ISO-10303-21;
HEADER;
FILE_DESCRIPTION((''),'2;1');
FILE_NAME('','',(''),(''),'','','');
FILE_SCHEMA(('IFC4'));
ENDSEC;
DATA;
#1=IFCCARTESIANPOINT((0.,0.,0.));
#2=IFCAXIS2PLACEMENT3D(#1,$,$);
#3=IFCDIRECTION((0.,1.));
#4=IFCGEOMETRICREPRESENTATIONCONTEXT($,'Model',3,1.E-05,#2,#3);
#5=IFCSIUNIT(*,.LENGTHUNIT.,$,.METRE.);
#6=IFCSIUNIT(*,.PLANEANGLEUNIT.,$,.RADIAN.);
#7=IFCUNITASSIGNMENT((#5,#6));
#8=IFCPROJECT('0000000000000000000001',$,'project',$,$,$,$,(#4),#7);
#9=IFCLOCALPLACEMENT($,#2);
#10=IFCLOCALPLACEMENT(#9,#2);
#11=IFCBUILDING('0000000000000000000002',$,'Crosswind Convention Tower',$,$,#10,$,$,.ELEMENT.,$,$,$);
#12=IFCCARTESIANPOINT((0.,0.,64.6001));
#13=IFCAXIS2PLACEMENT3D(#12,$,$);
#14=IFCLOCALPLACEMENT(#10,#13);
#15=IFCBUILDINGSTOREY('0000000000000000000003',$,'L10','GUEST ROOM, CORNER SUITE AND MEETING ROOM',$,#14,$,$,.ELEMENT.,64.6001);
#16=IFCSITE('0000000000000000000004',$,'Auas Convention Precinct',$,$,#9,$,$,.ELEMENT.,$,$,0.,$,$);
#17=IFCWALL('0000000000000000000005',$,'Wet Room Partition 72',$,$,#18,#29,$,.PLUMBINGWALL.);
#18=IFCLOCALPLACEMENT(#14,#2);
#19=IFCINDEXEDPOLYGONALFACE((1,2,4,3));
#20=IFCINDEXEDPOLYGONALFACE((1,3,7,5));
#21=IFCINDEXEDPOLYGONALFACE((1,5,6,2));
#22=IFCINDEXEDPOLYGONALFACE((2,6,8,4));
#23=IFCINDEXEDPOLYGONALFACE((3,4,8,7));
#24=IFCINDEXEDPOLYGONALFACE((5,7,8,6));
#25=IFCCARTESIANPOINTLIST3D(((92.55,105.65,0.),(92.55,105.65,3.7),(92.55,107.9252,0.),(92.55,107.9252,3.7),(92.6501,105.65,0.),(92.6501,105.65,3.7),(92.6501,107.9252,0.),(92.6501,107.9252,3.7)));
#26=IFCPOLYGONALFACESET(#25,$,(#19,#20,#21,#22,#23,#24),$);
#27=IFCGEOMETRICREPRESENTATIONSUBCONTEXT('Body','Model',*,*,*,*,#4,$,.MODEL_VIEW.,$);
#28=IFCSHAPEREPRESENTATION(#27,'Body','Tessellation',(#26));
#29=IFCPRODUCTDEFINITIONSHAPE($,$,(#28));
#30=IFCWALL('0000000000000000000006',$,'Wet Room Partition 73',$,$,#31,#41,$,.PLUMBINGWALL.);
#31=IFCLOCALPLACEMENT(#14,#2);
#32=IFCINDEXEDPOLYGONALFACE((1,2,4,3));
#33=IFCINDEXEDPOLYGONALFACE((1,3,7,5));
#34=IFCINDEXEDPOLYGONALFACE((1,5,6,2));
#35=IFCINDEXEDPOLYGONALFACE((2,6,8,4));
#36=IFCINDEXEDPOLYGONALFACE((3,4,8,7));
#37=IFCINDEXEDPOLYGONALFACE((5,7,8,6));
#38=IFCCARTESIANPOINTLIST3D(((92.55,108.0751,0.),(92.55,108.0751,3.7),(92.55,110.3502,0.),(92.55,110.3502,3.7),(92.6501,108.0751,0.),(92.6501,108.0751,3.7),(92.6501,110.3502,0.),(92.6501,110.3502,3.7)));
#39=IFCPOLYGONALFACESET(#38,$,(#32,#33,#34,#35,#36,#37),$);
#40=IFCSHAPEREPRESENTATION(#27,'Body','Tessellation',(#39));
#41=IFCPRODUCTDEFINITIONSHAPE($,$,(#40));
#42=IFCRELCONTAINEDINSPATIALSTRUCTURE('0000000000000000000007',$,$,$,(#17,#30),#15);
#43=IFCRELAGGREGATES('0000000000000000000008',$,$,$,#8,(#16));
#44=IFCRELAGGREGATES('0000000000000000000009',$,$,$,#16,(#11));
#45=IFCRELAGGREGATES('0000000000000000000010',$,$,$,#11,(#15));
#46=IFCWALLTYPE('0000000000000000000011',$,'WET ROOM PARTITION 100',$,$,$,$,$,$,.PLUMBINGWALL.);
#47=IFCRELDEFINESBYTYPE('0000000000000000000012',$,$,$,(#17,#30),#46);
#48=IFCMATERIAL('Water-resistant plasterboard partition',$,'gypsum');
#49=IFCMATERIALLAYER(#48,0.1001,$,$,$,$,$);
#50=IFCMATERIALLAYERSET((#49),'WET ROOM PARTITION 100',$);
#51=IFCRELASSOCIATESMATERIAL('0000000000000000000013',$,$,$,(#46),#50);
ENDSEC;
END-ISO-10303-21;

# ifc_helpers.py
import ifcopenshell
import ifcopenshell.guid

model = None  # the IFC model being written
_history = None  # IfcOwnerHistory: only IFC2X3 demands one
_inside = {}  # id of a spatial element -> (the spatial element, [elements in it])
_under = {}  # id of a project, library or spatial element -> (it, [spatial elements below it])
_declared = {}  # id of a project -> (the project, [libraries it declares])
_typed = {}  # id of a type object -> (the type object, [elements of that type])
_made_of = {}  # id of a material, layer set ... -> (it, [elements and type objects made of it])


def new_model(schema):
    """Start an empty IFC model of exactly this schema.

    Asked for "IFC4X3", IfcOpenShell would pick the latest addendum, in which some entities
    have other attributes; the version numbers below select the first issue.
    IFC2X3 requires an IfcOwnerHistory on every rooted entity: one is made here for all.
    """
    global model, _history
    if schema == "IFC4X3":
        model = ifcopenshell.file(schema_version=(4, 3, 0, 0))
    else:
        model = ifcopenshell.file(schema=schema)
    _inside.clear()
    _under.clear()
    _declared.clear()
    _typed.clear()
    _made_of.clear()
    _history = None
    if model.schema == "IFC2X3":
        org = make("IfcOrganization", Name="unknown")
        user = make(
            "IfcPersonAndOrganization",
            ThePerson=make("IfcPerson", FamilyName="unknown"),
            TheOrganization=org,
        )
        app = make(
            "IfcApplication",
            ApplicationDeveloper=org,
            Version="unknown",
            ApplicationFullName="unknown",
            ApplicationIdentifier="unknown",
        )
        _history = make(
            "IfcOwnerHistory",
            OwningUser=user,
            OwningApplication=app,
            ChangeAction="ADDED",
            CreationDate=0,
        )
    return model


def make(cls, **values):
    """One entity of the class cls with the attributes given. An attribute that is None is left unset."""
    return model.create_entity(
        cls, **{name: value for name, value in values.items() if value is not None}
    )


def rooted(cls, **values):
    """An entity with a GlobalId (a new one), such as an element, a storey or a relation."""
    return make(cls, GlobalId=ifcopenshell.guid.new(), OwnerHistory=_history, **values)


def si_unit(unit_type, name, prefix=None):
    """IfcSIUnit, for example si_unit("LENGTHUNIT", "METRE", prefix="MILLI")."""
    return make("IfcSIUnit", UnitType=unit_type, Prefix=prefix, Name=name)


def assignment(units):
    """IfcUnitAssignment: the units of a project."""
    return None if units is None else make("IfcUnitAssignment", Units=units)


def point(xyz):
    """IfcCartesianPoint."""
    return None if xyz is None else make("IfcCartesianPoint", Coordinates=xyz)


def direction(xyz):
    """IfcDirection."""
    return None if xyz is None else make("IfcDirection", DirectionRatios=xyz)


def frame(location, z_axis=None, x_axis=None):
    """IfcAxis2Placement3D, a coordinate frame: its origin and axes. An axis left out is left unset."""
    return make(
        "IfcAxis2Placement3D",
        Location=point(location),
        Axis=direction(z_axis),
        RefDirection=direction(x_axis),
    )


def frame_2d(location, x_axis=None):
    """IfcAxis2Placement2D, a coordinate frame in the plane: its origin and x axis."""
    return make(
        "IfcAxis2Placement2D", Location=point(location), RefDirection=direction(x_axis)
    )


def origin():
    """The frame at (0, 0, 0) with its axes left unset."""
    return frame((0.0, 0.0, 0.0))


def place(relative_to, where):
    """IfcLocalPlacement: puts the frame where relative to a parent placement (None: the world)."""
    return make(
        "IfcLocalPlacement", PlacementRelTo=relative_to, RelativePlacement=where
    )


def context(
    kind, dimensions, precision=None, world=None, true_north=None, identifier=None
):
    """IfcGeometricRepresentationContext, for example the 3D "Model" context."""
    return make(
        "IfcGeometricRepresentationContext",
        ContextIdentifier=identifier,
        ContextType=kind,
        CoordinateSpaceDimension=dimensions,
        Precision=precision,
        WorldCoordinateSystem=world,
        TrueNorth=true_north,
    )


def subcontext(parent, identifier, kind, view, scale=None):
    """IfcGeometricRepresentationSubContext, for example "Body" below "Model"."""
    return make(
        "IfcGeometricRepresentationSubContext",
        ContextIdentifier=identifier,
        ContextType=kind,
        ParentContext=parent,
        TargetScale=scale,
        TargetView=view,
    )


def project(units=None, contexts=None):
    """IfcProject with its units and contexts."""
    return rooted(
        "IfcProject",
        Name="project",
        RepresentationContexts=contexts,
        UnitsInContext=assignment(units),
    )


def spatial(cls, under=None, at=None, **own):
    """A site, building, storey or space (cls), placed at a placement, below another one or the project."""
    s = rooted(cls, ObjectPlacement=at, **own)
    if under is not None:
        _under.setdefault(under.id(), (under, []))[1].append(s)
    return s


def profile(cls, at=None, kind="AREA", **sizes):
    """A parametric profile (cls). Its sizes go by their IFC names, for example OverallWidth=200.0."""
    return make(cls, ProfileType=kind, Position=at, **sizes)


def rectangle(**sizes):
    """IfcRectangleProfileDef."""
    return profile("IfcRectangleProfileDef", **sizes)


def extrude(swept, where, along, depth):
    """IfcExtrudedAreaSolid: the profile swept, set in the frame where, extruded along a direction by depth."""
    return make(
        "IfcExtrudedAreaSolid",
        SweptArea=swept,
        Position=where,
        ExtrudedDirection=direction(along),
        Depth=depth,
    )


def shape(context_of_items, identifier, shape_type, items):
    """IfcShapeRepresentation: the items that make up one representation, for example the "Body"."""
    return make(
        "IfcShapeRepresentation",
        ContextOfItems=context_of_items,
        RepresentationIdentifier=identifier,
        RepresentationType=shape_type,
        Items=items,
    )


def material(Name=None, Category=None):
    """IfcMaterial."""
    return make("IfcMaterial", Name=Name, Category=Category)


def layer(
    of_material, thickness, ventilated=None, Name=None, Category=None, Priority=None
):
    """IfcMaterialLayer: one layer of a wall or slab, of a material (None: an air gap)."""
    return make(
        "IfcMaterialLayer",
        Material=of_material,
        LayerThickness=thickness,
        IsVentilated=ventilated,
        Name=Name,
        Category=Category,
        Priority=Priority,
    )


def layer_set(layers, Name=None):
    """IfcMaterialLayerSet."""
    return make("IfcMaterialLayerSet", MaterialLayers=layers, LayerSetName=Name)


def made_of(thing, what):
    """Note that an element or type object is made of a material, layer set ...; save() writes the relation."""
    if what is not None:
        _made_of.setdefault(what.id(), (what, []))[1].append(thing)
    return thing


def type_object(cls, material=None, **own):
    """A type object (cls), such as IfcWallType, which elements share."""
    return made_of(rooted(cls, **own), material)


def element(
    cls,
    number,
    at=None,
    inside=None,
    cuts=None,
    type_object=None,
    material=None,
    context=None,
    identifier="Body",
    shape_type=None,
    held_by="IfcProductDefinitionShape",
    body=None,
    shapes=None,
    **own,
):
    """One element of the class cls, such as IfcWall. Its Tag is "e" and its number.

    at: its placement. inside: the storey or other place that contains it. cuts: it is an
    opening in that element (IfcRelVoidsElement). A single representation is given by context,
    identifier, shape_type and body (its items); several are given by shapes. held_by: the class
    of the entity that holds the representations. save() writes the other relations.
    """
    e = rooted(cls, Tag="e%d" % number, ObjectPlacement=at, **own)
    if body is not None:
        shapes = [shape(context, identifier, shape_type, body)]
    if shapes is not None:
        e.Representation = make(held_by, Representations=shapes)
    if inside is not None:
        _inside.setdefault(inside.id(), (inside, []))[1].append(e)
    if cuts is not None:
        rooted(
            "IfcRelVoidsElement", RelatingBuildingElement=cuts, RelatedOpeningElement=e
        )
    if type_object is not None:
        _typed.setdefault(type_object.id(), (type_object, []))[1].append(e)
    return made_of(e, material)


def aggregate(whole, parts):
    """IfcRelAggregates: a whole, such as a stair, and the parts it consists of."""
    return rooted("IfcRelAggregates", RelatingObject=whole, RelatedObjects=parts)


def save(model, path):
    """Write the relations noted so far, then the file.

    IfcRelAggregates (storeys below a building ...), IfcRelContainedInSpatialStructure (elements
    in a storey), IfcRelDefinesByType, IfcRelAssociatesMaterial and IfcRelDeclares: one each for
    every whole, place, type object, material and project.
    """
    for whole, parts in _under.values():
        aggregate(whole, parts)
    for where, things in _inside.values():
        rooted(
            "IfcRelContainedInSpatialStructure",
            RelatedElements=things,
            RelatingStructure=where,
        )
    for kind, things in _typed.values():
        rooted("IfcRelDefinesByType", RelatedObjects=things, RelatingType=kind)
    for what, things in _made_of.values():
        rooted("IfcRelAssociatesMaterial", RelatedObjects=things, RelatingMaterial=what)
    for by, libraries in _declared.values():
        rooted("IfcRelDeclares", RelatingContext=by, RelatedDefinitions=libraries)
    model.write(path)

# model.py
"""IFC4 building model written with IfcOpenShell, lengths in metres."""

from ifc_helpers import new_model, si_unit, direction, frame, frame_2d, origin, place, context, subcontext, project, spatial, rectangle, extrude, material, layer, layer_set, type_object, element, save


model = new_model("IFC4")

# Units and contexts
model_context = context("Model", 3, precision=1e-05, world=origin(), true_north=direction((0.0, 1.0)))
body_context = subcontext(model_context, "Body", "Model", "MODEL_VIEW")
ifc_project = project(units=[si_unit("LENGTHUNIT", "METRE"), si_unit("PLANEANGLEUNIT", "RADIAN")], contexts=[model_context])

# Site, building, storey
site_placement = place(None, origin())
site = spatial("IfcSite", under=ifc_project, at=site_placement, Name="Auas Convention Precinct", CompositionType="ELEMENT", RefElevation=0.0)
building_placement = place(site_placement, origin())
building = spatial("IfcBuilding", under=site, at=building_placement, Name="Crosswind Convention Tower", CompositionType="ELEMENT")
storey_placement = place(building_placement, frame((0.0, 0.0, 64.6001)))
storey = spatial("IfcBuildingStorey", under=building, at=storey_placement, Name="L10", Description="GUEST ROOM, CORNER SUITE AND MEETING ROOM", CompositionType="ELEMENT", Elevation=64.6001)

# Shared definitions
ifc_material_1 = material(Name="Water-resistant plasterboard partition", Category="gypsum")
ifc_layer_1 = layer(ifc_material_1, 0.1001)
ifc_layer_set_1 = layer_set([ifc_layer_1], Name="WET ROOM PARTITION 100")
wall_type_1 = type_object("IfcWallType", Name="WET ROOM PARTITION 100", PredefinedType="PLUMBINGWALL", material=ifc_layer_set_1)

# Walls
for number, where, z_axis, x_axis, name in (
    (1, (92.6001, 105.6499, 0.0), (0.0, 0.0, 1.0), (0.0, 1.0, 0.0), "Wet Room Partition 72"),
    (2, (92.6001, 108.075, 0.0), (0.0, 0.0, 1.0), (0.0, 1.0, 0.0), "Wet Room Partition 73"),
):
    element("IfcWall", number, at=place(storey_placement, frame(where, z_axis=z_axis, x_axis=x_axis)), inside=storey, type_object=wall_type_1, Name=name, PredefinedType="PLUMBINGWALL", context=body_context, shape_type="SweptSolid", body=[
        extrude(rectangle(XDim=2.2751, YDim=0.1001, at=frame_2d((1.1377, 0.0))), origin(), (0.0, 0.0, 1.0), 3.7),
    ])

save(model, "model.ifc")
